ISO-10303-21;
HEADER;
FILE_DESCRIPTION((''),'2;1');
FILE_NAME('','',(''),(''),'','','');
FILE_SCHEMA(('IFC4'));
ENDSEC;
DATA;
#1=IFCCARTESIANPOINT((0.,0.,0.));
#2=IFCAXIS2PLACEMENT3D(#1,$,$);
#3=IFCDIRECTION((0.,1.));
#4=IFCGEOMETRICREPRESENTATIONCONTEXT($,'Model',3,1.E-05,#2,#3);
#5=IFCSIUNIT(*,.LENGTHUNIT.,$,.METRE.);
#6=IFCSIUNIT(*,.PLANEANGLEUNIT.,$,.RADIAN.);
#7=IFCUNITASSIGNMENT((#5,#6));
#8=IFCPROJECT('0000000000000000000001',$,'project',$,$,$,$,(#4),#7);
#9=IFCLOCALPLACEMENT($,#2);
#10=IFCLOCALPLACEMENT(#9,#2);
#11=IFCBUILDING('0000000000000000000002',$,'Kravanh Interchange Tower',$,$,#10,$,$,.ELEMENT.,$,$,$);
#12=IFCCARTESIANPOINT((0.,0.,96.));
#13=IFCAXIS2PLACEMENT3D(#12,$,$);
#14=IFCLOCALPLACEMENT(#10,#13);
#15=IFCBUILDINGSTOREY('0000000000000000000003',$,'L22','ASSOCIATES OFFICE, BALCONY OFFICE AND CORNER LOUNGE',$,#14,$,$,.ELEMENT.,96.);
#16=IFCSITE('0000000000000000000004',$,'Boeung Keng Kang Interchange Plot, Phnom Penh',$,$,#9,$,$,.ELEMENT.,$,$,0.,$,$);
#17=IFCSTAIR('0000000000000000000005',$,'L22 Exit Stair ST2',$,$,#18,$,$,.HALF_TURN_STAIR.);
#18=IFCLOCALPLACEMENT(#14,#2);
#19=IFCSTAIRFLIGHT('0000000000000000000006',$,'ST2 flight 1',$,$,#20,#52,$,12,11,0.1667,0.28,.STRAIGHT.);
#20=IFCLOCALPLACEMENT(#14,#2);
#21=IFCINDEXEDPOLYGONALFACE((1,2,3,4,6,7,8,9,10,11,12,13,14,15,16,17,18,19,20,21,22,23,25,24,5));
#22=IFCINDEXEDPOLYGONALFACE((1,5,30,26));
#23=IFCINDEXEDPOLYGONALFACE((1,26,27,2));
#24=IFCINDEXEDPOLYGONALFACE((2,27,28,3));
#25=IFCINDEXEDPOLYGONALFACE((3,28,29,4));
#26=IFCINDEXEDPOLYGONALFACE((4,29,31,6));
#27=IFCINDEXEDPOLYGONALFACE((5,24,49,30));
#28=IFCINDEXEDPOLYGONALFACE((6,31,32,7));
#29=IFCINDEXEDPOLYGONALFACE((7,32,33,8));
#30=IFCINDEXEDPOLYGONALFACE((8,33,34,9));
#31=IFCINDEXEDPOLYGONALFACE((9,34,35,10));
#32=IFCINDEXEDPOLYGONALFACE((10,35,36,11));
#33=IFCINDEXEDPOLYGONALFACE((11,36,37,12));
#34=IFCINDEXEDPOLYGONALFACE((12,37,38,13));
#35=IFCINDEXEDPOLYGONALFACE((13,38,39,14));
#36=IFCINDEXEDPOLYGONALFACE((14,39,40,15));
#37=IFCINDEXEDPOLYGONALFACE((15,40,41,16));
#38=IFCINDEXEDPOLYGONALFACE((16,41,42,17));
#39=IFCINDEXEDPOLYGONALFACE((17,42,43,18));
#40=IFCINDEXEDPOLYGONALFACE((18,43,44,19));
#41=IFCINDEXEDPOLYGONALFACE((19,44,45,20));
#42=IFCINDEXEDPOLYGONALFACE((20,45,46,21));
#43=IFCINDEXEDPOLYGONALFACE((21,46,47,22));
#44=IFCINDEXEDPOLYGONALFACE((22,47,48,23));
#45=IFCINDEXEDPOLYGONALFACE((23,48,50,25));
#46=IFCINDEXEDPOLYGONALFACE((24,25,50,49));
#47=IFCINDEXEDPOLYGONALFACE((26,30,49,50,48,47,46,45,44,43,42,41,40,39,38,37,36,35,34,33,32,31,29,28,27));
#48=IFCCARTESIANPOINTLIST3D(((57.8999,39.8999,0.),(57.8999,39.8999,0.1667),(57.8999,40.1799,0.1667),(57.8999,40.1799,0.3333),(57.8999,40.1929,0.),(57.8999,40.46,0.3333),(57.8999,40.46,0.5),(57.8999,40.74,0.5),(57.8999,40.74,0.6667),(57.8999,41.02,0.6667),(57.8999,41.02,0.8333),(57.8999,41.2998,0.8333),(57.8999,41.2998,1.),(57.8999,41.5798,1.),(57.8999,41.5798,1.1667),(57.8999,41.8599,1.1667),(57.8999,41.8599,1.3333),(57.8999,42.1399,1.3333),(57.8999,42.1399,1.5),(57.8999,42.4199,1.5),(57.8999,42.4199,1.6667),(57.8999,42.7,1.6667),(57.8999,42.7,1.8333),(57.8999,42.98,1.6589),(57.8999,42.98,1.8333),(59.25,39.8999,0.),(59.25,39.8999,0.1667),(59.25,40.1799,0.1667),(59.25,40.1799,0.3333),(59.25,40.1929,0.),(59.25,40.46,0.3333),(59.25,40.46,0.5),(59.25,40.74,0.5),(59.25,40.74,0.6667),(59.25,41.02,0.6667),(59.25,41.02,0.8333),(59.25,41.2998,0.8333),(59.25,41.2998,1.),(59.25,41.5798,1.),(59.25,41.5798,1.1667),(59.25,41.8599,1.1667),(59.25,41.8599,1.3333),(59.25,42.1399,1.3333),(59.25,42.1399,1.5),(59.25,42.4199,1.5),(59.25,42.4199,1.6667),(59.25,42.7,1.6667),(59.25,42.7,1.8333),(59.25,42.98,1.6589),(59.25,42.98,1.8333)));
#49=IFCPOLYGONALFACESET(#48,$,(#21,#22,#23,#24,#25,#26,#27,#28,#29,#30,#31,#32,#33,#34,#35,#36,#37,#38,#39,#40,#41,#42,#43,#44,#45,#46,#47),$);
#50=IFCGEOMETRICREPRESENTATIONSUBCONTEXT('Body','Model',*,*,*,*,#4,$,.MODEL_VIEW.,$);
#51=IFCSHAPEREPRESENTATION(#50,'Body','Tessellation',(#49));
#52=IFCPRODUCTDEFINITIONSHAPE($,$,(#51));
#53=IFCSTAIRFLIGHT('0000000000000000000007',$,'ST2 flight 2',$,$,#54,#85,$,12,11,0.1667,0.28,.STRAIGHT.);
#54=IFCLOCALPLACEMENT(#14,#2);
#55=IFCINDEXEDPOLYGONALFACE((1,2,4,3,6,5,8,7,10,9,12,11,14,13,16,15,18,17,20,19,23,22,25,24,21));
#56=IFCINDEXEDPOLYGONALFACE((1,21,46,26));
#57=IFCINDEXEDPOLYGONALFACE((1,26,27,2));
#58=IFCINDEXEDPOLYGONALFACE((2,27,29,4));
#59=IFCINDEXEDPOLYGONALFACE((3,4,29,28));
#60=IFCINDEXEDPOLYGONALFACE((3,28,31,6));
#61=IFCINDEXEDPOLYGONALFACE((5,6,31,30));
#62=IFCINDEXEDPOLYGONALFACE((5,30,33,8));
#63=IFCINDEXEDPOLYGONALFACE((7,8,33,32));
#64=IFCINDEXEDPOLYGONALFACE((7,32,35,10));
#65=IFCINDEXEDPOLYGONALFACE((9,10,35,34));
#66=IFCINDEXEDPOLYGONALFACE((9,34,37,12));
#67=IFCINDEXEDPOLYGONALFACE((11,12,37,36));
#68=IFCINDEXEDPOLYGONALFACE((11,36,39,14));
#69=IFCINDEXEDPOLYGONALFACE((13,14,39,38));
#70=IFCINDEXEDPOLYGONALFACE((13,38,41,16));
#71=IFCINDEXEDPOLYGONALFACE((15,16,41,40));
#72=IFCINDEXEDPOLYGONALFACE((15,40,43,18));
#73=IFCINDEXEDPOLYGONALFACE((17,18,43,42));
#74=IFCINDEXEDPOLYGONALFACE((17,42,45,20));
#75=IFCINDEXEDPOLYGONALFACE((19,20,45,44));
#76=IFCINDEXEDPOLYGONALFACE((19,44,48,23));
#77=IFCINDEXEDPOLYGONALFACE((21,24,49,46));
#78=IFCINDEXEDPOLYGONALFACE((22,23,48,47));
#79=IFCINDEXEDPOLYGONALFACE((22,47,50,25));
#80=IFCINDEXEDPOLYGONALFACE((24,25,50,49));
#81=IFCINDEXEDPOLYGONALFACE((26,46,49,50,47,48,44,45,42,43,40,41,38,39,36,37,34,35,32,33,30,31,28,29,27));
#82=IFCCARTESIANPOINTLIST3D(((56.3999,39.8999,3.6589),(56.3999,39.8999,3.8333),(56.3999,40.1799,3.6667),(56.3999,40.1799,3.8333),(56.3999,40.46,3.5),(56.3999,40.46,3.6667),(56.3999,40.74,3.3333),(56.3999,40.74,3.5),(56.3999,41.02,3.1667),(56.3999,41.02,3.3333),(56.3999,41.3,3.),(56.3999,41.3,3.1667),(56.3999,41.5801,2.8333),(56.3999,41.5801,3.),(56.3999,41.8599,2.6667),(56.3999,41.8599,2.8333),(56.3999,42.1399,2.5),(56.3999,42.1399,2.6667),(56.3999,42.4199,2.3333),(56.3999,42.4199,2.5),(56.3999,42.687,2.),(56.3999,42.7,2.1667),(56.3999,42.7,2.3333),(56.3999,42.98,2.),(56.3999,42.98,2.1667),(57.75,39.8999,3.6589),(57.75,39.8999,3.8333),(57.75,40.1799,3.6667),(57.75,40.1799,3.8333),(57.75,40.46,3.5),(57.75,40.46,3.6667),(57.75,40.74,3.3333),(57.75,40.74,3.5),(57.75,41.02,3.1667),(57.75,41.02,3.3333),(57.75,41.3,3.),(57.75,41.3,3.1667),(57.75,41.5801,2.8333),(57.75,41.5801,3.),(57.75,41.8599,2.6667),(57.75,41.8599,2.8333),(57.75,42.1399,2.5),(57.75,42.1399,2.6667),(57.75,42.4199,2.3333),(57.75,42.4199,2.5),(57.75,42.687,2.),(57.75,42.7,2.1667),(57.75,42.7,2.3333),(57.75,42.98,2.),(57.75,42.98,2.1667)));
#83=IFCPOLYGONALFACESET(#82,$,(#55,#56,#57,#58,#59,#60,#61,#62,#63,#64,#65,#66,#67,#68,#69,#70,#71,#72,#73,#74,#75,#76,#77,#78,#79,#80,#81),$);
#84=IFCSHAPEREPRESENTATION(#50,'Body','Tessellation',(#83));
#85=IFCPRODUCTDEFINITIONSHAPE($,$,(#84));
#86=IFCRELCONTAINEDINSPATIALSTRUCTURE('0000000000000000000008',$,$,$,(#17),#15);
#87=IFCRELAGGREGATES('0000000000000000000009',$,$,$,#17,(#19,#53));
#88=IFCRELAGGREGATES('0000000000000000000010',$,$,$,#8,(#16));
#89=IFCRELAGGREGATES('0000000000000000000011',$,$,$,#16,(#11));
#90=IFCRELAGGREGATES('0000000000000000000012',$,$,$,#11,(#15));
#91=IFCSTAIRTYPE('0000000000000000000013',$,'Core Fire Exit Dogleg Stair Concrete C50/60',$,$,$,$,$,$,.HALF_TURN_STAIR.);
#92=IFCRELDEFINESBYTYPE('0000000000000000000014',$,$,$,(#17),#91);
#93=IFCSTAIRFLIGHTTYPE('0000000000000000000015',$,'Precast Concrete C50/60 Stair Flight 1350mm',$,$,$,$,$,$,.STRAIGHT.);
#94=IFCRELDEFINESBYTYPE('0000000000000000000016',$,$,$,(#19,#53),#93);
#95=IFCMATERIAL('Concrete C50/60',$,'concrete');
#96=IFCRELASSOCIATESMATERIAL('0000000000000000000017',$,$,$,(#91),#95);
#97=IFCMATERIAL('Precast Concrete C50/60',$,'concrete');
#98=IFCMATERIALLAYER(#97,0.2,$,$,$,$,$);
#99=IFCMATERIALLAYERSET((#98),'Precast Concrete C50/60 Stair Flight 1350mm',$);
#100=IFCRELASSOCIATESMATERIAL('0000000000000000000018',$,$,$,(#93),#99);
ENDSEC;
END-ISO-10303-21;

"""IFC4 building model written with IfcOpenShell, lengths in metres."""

from ifc_helpers import new_model, si_unit, direction, frame, origin, place, context, subcontext, project, spatial, polyline, outline, extrude, material, layer, layer_set, type_object, element, aggregate, save


model = new_model("IFC4")

# Units and contexts
model_context = context("Model", 3, precision=1e-05, world=origin(), true_north=direction((0.0, 1.0)))
body_context = subcontext(model_context, "Body", "Model", "MODEL_VIEW")
ifc_project = project(units=[si_unit("LENGTHUNIT", "METRE"), si_unit("PLANEANGLEUNIT", "RADIAN")], contexts=[model_context])

# Site, building, storey
site_placement = place(None, origin())
site = spatial("IfcSite", under=ifc_project, at=site_placement, Name="Boeung Keng Kang Interchange Plot, Phnom Penh", CompositionType="ELEMENT", RefElevation=0.0)
building_placement = place(site_placement, origin())
building = spatial("IfcBuilding", under=site, at=building_placement, Name="Kravanh Interchange Tower", CompositionType="ELEMENT")
storey_placement = place(building_placement, frame((0.0, 0.0, 96.0)))
storey = spatial("IfcBuildingStorey", under=building, at=storey_placement, Name="L22", Description="ASSOCIATES OFFICE, BALCONY OFFICE AND CORNER LOUNGE", CompositionType="ELEMENT", Elevation=96.0)

# Stair, stair flights
ifc_material_1 = material(Name="Concrete C50/60", Category="concrete")
stair_type = type_object("IfcStairType", Name="Core Fire Exit Dogleg Stair Concrete C50/60", PredefinedType="HALF_TURN_STAIR", material=ifc_material_1)
ifc_material_2 = material(Name="Precast Concrete C50/60", Category="concrete")
ifc_layer_1 = layer(ifc_material_2, 0.2)
ifc_layer_set_1 = layer_set([ifc_layer_1], Name="Precast Concrete C50/60 Stair Flight 1350mm")
stair_flight_type = type_object("IfcStairFlightType", Name="Precast Concrete C50/60 Stair Flight 1350mm", PredefinedType="STRAIGHT", material=ifc_layer_set_1)
stair_1_placement = place(storey_placement, origin())
stair_1 = element("IfcStair", 1, at=stair_1_placement, inside=storey, type_object=stair_type, Name="L22 Exit Stair ST2", PredefinedType="HALF_TURN_STAIR")
stair_flight_1_placement = place(storey_placement, frame((58.575, 39.8999, 0.0), z_axis=(0.0, 0.0, 1.0), x_axis=(0.0, 1.0, 0.0)))
stair_flight_1 = element("IfcStairFlight", 2, at=stair_flight_1_placement, type_object=stair_flight_type, Name="ST2 flight 1", NumberOfRisers=12, NumberOfTreads=11, PredefinedType="STRAIGHT", RiserHeight=0.1667, TreadLength=0.28, context=body_context, shape_type="SweptSolid", body=[
    extrude(outline(polyline([(0.0, 0.0), (0.0, 0.1667), (0.28, 0.1667), (0.28, 0.3333), (0.5601, 0.3333), (0.5601, 0.5), (0.8401, 0.5), (0.8401, 0.6667), (1.1201, 0.6667), (1.1201, 0.8333), (1.3999, 0.8333), (1.3999, 1.0), (1.6799, 1.0), (1.6799, 1.1667), (1.96, 1.1667), (1.96, 1.3333), (2.24, 1.3333), (2.24, 1.5), (2.52, 1.5), (2.52, 1.6667), (2.8, 1.6667), (2.8, 1.8333), (3.0801, 1.8333), (3.0801, 2.0), (3.0801, 1.6589), (0.293, 0.0), (0.0, 0.0)])), frame((0.0, 0.675, 0.0), z_axis=(0.0, -1.0, 0.0), x_axis=(1.0, 0.0, 0.0)), (0.0, 0.0, 1.0), 1.3501),
])
stair_flight_2_placement = place(storey_placement, frame((57.075, 42.98, 2.0), z_axis=(0.0, 0.0, 1.0), x_axis=(0.0, -1.0, 0.0)))
stair_flight_2 = element("IfcStairFlight", 3, at=stair_flight_2_placement, type_object=stair_flight_type, Name="ST2 flight 2", NumberOfRisers=12, NumberOfTreads=11, PredefinedType="STRAIGHT", RiserHeight=0.1667, TreadLength=0.28, context=body_context, shape_type="SweptSolid", body=[
    extrude(outline(polyline([(0.0, 0.0), (0.0, 0.1667), (0.28, 0.1667), (0.28, 0.3333), (0.5601, 0.3333), (0.5601, 0.5), (0.8401, 0.5), (0.8401, 0.6667), (1.1201, 0.6667), (1.1201, 0.8333), (1.3999, 0.8333), (1.3999, 1.0), (1.6799, 1.0), (1.6799, 1.1667), (1.96, 1.1667), (1.96, 1.3333), (2.24, 1.3333), (2.24, 1.5), (2.52, 1.5), (2.52, 1.6667), (2.8, 1.6667), (2.8, 1.8333), (3.0801, 1.8333), (3.0801, 2.0), (3.0801, 1.6589), (0.293, 0.0), (0.0, 0.0)])), frame((0.0, 0.675, 0.0), z_axis=(0.0, -1.0, 0.0), x_axis=(1.0, 0.0, 0.0)), (0.0, 0.0, 1.0), 1.3501),
])
aggregate(stair_1, [stair_flight_1, stair_flight_2])

save(model, "model.ifc")
